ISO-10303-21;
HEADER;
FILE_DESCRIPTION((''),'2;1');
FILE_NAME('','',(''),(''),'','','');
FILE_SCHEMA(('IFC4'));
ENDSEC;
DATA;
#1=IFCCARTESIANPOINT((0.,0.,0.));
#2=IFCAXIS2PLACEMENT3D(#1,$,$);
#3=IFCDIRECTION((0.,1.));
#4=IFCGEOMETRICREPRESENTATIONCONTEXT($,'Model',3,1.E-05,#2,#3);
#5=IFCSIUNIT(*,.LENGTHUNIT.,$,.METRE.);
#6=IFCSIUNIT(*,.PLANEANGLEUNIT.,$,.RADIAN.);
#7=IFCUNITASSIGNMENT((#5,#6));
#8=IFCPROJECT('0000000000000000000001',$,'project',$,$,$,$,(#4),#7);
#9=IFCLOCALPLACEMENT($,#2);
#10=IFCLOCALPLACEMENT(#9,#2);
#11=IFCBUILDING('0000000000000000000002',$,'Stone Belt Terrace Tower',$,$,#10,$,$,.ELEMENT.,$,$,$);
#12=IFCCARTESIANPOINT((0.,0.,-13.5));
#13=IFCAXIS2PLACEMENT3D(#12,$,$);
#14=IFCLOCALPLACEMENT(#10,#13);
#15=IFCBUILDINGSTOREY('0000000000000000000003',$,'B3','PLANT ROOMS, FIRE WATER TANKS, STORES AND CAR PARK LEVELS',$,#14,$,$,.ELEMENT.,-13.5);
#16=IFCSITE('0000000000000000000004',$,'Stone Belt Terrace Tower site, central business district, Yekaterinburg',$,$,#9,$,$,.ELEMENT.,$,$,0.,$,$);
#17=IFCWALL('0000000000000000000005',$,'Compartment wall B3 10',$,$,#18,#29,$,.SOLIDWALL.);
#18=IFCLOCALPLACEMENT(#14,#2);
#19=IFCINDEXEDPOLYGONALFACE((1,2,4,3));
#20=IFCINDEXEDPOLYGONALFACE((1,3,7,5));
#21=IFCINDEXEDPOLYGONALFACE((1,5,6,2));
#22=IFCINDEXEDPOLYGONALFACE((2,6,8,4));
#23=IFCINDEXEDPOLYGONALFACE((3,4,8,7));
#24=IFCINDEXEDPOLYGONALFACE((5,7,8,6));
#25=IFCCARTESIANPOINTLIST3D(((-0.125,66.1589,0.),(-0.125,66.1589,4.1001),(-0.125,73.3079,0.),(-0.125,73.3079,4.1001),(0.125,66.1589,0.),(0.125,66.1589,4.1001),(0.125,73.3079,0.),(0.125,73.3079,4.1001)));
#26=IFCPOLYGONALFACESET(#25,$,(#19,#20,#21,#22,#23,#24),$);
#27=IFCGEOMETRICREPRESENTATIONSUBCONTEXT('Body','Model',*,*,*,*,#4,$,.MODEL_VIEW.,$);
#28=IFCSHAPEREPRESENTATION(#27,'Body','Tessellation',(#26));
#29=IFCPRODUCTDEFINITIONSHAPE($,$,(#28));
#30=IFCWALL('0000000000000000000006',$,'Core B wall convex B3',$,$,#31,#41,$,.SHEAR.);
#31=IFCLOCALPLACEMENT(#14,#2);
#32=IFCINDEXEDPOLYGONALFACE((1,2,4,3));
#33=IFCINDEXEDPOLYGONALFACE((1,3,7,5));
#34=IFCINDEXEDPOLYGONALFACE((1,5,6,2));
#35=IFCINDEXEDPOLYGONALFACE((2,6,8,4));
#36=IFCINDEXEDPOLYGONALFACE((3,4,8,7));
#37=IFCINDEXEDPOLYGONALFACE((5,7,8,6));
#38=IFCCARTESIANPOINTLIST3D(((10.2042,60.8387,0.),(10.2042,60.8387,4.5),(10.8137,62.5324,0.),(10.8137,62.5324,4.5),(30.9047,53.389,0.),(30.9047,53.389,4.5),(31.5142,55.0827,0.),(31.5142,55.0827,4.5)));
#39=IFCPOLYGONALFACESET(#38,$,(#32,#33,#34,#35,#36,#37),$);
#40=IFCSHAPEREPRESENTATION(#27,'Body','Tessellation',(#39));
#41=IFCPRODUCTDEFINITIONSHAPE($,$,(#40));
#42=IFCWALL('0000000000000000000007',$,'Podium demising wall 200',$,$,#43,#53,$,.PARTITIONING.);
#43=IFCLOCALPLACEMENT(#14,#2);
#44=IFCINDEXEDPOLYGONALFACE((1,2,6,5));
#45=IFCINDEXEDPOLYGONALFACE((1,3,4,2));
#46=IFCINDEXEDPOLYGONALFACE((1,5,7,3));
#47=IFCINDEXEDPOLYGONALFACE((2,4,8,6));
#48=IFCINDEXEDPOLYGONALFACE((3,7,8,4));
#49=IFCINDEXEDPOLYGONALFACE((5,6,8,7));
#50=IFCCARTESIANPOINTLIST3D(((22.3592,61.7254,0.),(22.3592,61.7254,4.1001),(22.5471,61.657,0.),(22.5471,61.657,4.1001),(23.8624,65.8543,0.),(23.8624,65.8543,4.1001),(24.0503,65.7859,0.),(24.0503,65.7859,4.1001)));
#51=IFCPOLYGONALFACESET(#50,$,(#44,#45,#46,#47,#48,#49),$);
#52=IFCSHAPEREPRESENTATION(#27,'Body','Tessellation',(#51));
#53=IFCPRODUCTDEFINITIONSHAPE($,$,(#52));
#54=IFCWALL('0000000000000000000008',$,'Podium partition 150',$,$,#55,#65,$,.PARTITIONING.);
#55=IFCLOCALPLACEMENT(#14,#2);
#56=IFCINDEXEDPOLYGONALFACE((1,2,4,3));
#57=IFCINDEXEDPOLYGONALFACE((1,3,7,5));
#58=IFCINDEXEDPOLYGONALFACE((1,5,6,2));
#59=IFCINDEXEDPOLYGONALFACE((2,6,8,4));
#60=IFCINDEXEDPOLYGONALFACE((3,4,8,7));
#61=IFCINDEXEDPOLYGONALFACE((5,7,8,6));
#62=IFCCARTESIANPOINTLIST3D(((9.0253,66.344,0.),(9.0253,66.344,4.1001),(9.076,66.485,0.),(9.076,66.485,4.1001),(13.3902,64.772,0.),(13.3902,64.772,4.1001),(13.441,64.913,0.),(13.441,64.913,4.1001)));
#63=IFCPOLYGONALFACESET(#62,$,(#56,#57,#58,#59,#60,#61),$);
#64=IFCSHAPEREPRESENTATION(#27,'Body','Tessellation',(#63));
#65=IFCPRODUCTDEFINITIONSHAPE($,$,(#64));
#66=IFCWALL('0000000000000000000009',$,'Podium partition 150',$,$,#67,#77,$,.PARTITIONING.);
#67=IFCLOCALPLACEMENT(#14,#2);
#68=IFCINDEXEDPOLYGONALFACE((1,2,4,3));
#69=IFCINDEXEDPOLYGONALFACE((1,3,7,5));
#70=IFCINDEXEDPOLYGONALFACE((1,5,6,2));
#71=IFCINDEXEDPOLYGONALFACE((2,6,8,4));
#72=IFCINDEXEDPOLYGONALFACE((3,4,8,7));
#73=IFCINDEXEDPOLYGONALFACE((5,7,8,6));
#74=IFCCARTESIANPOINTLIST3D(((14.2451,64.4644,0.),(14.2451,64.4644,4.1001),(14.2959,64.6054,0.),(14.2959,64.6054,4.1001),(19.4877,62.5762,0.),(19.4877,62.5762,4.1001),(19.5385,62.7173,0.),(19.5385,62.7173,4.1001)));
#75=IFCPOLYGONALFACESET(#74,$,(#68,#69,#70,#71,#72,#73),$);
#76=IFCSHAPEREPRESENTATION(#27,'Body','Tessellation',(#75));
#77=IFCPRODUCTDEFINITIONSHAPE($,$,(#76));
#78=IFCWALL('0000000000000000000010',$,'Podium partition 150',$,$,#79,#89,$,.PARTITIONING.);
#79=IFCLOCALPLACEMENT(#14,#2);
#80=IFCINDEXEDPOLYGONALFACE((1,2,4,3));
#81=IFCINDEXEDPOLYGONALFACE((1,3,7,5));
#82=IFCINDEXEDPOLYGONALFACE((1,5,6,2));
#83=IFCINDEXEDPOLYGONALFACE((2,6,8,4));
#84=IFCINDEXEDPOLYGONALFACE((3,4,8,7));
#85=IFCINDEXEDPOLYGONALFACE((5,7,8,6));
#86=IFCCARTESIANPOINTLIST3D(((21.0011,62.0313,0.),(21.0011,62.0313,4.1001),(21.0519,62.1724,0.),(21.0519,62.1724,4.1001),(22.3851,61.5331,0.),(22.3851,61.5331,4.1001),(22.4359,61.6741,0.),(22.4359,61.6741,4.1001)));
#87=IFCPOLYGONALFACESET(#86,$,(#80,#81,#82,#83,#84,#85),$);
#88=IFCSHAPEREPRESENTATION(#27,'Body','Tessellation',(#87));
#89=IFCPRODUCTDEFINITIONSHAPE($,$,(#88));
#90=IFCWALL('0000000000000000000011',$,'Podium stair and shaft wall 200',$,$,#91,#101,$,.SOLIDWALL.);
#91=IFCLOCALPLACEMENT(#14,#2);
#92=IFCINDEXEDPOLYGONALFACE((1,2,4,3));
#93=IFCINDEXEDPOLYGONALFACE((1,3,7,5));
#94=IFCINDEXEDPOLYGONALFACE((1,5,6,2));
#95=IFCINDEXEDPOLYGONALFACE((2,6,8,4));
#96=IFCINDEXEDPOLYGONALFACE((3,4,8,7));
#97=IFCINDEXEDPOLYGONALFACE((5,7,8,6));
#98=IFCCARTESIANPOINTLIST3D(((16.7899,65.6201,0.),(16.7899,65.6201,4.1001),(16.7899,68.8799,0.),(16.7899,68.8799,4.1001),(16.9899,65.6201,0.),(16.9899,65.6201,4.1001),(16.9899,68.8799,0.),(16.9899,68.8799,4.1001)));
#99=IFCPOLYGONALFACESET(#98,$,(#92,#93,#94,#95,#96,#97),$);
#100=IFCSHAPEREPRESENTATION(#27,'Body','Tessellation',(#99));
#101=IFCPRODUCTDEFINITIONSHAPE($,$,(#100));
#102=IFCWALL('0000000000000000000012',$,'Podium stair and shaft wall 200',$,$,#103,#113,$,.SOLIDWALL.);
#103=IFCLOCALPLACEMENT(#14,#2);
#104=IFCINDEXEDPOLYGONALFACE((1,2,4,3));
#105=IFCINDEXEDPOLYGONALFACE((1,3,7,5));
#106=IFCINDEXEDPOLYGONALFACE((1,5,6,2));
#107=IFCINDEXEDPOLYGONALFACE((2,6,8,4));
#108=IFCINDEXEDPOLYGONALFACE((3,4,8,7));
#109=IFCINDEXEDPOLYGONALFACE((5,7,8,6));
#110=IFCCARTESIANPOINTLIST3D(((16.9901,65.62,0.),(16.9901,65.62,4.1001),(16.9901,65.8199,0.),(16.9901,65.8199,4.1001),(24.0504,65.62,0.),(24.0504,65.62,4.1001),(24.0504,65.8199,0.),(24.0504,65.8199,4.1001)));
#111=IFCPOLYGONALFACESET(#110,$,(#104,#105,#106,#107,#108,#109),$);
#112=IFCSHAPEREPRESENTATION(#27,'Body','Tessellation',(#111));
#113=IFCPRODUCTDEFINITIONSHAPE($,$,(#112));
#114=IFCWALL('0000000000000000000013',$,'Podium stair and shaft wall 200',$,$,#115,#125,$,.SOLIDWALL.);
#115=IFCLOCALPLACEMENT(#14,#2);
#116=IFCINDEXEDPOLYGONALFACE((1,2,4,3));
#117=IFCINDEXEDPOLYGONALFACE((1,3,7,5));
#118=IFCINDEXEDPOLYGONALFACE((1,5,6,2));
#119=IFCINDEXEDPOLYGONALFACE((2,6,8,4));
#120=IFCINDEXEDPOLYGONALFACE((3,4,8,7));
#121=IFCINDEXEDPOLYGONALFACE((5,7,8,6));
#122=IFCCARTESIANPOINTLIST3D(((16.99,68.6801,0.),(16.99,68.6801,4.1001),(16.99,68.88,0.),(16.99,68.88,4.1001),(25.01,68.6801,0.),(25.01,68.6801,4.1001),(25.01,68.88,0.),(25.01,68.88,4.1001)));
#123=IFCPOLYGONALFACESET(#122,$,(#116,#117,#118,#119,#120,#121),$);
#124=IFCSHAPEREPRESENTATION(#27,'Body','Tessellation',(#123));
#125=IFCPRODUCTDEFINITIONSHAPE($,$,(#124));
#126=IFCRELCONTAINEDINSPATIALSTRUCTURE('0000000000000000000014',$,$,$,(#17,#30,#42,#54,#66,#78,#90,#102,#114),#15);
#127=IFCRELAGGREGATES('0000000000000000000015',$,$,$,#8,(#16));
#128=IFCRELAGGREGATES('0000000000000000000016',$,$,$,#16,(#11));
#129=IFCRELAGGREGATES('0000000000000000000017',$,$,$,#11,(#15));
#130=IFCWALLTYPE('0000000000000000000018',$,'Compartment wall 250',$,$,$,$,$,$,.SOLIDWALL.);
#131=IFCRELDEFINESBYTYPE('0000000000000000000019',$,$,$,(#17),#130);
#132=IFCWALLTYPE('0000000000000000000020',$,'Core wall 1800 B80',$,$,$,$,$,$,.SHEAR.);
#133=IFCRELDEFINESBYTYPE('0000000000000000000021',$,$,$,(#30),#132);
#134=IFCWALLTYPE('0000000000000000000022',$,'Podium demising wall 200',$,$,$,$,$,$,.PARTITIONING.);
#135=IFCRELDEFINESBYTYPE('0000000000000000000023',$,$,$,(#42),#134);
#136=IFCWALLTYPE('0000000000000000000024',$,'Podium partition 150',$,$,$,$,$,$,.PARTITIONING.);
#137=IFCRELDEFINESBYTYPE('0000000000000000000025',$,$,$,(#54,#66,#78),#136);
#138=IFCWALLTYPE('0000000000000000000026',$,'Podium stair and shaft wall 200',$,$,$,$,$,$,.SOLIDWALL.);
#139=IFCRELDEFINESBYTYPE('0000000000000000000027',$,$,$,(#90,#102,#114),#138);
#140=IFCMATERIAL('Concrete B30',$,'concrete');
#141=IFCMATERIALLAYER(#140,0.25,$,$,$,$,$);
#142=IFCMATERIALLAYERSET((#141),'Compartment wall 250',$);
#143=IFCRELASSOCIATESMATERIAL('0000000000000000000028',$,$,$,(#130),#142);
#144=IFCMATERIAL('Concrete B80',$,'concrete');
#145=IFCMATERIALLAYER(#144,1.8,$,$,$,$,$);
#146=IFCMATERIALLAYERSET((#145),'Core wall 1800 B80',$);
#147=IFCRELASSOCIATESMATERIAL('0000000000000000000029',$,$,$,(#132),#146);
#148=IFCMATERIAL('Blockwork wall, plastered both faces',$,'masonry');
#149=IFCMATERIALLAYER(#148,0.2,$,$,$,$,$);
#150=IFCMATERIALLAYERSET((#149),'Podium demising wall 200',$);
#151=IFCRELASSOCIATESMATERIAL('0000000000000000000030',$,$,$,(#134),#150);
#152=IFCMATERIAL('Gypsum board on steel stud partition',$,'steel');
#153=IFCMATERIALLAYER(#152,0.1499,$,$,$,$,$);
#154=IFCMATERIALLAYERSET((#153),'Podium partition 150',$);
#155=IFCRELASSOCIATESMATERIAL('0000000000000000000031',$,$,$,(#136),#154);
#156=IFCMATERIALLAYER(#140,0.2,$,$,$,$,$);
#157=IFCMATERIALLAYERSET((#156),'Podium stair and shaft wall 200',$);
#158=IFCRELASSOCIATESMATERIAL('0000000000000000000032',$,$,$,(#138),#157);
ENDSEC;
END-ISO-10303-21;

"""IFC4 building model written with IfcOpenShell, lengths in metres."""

from ifc_helpers import new_model, si_unit, direction, frame, frame_2d, origin, place, context, subcontext, project, spatial, rectangle, extrude, material, layer, layer_set, type_object, element, save


model = new_model("IFC4")

# Units and contexts
model_context = context("Model", 3, precision=1e-05, world=origin(), true_north=direction((0.0, 1.0)))
body_context = subcontext(model_context, "Body", "Model", "MODEL_VIEW")
ifc_project = project(units=[si_unit("LENGTHUNIT", "METRE"), si_unit("PLANEANGLEUNIT", "RADIAN")], contexts=[model_context])

# Site, building, storey
site_placement = place(None, origin())
site = spatial("IfcSite", under=ifc_project, at=site_placement, Name="Stone Belt Terrace Tower site, central business district, Yekaterinburg", CompositionType="ELEMENT", RefElevation=0.0)
building_placement = place(site_placement, origin())
building = spatial("IfcBuilding", under=site, at=building_placement, Name="Stone Belt Terrace Tower", CompositionType="ELEMENT")
storey_placement = place(building_placement, frame((0.0, 0.0, -13.5)))
storey = spatial("IfcBuildingStorey", under=building, at=storey_placement, Name="B3", Description="PLANT ROOMS, FIRE WATER TANKS, STORES AND CAR PARK LEVELS", CompositionType="ELEMENT", Elevation=-13.5)

# Shared definitions
ifc_material_1 = material(Name="Concrete B80", Category="concrete")

# Walls
ifc_material_2 = material(Name="Concrete B30", Category="concrete")
ifc_layer_1 = layer(ifc_material_2, 0.25)
ifc_layer_set_1 = layer_set([ifc_layer_1], Name="Compartment wall 250")
wall_type_1 = type_object("IfcWallType", Name="Compartment wall 250", PredefinedType="SOLIDWALL", material=ifc_layer_set_1)
wall_1_placement = place(storey_placement, frame((0.0, 66.1589, 0.0), z_axis=(0.0, 0.0, 1.0), x_axis=(0.0, 1.0, 0.0)))
element("IfcWall", 1, at=wall_1_placement, inside=storey, type_object=wall_type_1, Name="Compartment wall B3 10", PredefinedType="SOLIDWALL", context=body_context, shape_type="SweptSolid", body=[
    extrude(rectangle(XDim=7.1489, YDim=0.25, at=frame_2d((3.5745, 0.0))), origin(), (0.0, 0.0, 1.0), 4.1001),
])
ifc_layer_2 = layer(ifc_material_1, 1.8)
ifc_layer_set_2 = layer_set([ifc_layer_2], Name="Core wall 1800 B80")
wall_type_2 = type_object("IfcWallType", Name="Core wall 1800 B80", PredefinedType="SHEAR", material=ifc_layer_set_2)
wall_2_placement = place(storey_placement, frame((10.509, 61.6855, 0.0), z_axis=(0.0, 0.0, 1.0), x_axis=(0.940923, -0.338621, 0.0)))
element("IfcWall", 2, at=wall_2_placement, inside=storey, type_object=wall_type_2, Name="Core B wall convex B3", PredefinedType="SHEAR", context=body_context, shape_type="SweptSolid", body=[
    extrude(rectangle(XDim=22.0002, YDim=1.8, at=frame_2d((11.0, 0.0))), origin(), (0.0, 0.0, 1.0), 4.5),
])
ifc_material_3 = material(Name="Blockwork wall, plastered both faces", Category="masonry")
ifc_layer_3 = layer(ifc_material_3, 0.2)
ifc_layer_set_3 = layer_set([ifc_layer_3], Name="Podium demising wall 200")
wall_type_3 = type_object("IfcWallType", Name="Podium demising wall 200", PredefinedType="PARTITIONING", material=ifc_layer_set_3)
wall_3_placement = place(storey_placement, frame((22.4531, 61.6912, 0.0), z_axis=(0.0, 0.0, 1.0), x_axis=(0.342095, 0.939665, 0.0)))
element("IfcWall", 3, at=wall_3_placement, inside=storey, type_object=wall_type_3, Name="Podium demising wall 200", PredefinedType="PARTITIONING", context=body_context, shape_type="SweptSolid", body=[
    extrude(rectangle(XDim=4.394, YDim=0.2, at=frame_2d((2.197, 0.0))), origin(), (0.0, 0.0, 1.0), 4.1001),
])
ifc_material_4 = material(Name="Gypsum board on steel stud partition", Category="steel")
ifc_layer_4 = layer(ifc_material_4, 0.1499)
ifc_layer_set_4 = layer_set([ifc_layer_4], Name="Podium partition 150")
wall_type_4 = type_object("IfcWallType", Name="Podium partition 150", PredefinedType="PARTITIONING", material=ifc_layer_set_4)
wall_4_placement = place(storey_placement, frame((9.0505, 66.4146, 0.0), z_axis=(0.0, 0.0, 1.0), x_axis=(0.940844, -0.338839, 0.0)))
element("IfcWall", 4, at=wall_4_placement, inside=storey, type_object=wall_type_4, Name="Podium partition 150", PredefinedType="PARTITIONING", context=body_context, shape_type="SweptSolid", body=[
    extrude(rectangle(XDim=4.6394, YDim=0.1499, at=frame_2d((2.3198, 0.0))), origin(), (0.0, 0.0, 1.0), 4.1001),
])
wall_5_placement = place(storey_placement, frame((14.2705, 64.5349, 0.0), z_axis=(0.0, 0.0, 1.0), x_axis=(0.94084, -0.33885, 0.0)))
element("IfcWall", 5, at=wall_5_placement, inside=storey, type_object=wall_type_4, Name="Podium partition 150", PredefinedType="PARTITIONING", context=body_context, shape_type="SweptSolid", body=[
    extrude(rectangle(XDim=5.5723, YDim=0.1499, at=frame_2d((2.7861, 0.0))), origin(), (0.0, 0.0, 1.0), 4.1001),
])
wall_6_placement = place(storey_placement, frame((21.0266, 62.1018, 0.0), z_axis=(0.0, 0.0, 1.0), x_axis=(0.940879, -0.338743, 0.0)))
element("IfcWall", 6, at=wall_6_placement, inside=storey, type_object=wall_type_4, Name="Podium partition 150", PredefinedType="PARTITIONING", context=body_context, shape_type="SweptSolid", body=[
    extrude(rectangle(XDim=1.4709, YDim=0.1499, at=frame_2d((0.7354, 0.0))), origin(), (0.0, 0.0, 1.0), 4.1001),
])
ifc_layer_5 = layer(ifc_material_2, 0.2)
ifc_layer_set_5 = layer_set([ifc_layer_5], Name="Podium stair and shaft wall 200")
wall_type_5 = type_object("IfcWallType", Name="Podium stair and shaft wall 200", PredefinedType="SOLIDWALL", material=ifc_layer_set_5)
wall_7_placement = place(storey_placement, frame((16.8899, 65.6201, 0.0), z_axis=(0.0, 0.0, 1.0), x_axis=(0.0, 1.0, 0.0)))
element("IfcWall", 7, at=wall_7_placement, inside=storey, type_object=wall_type_5, Name="Podium stair and shaft wall 200", PredefinedType="SOLIDWALL", context=body_context, shape_type="SweptSolid", body=[
    extrude(rectangle(XDim=3.2598, YDim=0.2, at=frame_2d((1.6299, 0.0))), origin(), (0.0, 0.0, 1.0), 4.1001),
])
wall_8_placement = place(storey_placement, frame((16.99, 65.72, 0.0), z_axis=(0.0, 0.0, 1.0), x_axis=(1.0, 0.0, 0.0)))
element("IfcWall", 8, at=wall_8_placement, inside=storey, type_object=wall_type_5, Name="Podium stair and shaft wall 200", PredefinedType="SOLIDWALL", context=body_context, shape_type="SweptSolid", body=[
    extrude(rectangle(XDim=7.0603, YDim=0.2, at=frame_2d((3.5303, 0.0))), origin(), (0.0, 0.0, 1.0), 4.1001),
])
wall_9_placement = place(storey_placement, frame((16.99, 68.78, 0.0), z_axis=(0.0, 0.0, 1.0), x_axis=(1.0, 0.0, 0.0)))
element("IfcWall", 9, at=wall_9_placement, inside=storey, type_object=wall_type_5, Name="Podium stair and shaft wall 200", PredefinedType="SOLIDWALL", context=body_context, shape_type="SweptSolid", body=[
    extrude(rectangle(XDim=8.02, YDim=0.2, at=frame_2d((4.01, 0.0))), origin(), (0.0, 0.0, 1.0), 4.1001),
])

save(model, "model.ifc")
